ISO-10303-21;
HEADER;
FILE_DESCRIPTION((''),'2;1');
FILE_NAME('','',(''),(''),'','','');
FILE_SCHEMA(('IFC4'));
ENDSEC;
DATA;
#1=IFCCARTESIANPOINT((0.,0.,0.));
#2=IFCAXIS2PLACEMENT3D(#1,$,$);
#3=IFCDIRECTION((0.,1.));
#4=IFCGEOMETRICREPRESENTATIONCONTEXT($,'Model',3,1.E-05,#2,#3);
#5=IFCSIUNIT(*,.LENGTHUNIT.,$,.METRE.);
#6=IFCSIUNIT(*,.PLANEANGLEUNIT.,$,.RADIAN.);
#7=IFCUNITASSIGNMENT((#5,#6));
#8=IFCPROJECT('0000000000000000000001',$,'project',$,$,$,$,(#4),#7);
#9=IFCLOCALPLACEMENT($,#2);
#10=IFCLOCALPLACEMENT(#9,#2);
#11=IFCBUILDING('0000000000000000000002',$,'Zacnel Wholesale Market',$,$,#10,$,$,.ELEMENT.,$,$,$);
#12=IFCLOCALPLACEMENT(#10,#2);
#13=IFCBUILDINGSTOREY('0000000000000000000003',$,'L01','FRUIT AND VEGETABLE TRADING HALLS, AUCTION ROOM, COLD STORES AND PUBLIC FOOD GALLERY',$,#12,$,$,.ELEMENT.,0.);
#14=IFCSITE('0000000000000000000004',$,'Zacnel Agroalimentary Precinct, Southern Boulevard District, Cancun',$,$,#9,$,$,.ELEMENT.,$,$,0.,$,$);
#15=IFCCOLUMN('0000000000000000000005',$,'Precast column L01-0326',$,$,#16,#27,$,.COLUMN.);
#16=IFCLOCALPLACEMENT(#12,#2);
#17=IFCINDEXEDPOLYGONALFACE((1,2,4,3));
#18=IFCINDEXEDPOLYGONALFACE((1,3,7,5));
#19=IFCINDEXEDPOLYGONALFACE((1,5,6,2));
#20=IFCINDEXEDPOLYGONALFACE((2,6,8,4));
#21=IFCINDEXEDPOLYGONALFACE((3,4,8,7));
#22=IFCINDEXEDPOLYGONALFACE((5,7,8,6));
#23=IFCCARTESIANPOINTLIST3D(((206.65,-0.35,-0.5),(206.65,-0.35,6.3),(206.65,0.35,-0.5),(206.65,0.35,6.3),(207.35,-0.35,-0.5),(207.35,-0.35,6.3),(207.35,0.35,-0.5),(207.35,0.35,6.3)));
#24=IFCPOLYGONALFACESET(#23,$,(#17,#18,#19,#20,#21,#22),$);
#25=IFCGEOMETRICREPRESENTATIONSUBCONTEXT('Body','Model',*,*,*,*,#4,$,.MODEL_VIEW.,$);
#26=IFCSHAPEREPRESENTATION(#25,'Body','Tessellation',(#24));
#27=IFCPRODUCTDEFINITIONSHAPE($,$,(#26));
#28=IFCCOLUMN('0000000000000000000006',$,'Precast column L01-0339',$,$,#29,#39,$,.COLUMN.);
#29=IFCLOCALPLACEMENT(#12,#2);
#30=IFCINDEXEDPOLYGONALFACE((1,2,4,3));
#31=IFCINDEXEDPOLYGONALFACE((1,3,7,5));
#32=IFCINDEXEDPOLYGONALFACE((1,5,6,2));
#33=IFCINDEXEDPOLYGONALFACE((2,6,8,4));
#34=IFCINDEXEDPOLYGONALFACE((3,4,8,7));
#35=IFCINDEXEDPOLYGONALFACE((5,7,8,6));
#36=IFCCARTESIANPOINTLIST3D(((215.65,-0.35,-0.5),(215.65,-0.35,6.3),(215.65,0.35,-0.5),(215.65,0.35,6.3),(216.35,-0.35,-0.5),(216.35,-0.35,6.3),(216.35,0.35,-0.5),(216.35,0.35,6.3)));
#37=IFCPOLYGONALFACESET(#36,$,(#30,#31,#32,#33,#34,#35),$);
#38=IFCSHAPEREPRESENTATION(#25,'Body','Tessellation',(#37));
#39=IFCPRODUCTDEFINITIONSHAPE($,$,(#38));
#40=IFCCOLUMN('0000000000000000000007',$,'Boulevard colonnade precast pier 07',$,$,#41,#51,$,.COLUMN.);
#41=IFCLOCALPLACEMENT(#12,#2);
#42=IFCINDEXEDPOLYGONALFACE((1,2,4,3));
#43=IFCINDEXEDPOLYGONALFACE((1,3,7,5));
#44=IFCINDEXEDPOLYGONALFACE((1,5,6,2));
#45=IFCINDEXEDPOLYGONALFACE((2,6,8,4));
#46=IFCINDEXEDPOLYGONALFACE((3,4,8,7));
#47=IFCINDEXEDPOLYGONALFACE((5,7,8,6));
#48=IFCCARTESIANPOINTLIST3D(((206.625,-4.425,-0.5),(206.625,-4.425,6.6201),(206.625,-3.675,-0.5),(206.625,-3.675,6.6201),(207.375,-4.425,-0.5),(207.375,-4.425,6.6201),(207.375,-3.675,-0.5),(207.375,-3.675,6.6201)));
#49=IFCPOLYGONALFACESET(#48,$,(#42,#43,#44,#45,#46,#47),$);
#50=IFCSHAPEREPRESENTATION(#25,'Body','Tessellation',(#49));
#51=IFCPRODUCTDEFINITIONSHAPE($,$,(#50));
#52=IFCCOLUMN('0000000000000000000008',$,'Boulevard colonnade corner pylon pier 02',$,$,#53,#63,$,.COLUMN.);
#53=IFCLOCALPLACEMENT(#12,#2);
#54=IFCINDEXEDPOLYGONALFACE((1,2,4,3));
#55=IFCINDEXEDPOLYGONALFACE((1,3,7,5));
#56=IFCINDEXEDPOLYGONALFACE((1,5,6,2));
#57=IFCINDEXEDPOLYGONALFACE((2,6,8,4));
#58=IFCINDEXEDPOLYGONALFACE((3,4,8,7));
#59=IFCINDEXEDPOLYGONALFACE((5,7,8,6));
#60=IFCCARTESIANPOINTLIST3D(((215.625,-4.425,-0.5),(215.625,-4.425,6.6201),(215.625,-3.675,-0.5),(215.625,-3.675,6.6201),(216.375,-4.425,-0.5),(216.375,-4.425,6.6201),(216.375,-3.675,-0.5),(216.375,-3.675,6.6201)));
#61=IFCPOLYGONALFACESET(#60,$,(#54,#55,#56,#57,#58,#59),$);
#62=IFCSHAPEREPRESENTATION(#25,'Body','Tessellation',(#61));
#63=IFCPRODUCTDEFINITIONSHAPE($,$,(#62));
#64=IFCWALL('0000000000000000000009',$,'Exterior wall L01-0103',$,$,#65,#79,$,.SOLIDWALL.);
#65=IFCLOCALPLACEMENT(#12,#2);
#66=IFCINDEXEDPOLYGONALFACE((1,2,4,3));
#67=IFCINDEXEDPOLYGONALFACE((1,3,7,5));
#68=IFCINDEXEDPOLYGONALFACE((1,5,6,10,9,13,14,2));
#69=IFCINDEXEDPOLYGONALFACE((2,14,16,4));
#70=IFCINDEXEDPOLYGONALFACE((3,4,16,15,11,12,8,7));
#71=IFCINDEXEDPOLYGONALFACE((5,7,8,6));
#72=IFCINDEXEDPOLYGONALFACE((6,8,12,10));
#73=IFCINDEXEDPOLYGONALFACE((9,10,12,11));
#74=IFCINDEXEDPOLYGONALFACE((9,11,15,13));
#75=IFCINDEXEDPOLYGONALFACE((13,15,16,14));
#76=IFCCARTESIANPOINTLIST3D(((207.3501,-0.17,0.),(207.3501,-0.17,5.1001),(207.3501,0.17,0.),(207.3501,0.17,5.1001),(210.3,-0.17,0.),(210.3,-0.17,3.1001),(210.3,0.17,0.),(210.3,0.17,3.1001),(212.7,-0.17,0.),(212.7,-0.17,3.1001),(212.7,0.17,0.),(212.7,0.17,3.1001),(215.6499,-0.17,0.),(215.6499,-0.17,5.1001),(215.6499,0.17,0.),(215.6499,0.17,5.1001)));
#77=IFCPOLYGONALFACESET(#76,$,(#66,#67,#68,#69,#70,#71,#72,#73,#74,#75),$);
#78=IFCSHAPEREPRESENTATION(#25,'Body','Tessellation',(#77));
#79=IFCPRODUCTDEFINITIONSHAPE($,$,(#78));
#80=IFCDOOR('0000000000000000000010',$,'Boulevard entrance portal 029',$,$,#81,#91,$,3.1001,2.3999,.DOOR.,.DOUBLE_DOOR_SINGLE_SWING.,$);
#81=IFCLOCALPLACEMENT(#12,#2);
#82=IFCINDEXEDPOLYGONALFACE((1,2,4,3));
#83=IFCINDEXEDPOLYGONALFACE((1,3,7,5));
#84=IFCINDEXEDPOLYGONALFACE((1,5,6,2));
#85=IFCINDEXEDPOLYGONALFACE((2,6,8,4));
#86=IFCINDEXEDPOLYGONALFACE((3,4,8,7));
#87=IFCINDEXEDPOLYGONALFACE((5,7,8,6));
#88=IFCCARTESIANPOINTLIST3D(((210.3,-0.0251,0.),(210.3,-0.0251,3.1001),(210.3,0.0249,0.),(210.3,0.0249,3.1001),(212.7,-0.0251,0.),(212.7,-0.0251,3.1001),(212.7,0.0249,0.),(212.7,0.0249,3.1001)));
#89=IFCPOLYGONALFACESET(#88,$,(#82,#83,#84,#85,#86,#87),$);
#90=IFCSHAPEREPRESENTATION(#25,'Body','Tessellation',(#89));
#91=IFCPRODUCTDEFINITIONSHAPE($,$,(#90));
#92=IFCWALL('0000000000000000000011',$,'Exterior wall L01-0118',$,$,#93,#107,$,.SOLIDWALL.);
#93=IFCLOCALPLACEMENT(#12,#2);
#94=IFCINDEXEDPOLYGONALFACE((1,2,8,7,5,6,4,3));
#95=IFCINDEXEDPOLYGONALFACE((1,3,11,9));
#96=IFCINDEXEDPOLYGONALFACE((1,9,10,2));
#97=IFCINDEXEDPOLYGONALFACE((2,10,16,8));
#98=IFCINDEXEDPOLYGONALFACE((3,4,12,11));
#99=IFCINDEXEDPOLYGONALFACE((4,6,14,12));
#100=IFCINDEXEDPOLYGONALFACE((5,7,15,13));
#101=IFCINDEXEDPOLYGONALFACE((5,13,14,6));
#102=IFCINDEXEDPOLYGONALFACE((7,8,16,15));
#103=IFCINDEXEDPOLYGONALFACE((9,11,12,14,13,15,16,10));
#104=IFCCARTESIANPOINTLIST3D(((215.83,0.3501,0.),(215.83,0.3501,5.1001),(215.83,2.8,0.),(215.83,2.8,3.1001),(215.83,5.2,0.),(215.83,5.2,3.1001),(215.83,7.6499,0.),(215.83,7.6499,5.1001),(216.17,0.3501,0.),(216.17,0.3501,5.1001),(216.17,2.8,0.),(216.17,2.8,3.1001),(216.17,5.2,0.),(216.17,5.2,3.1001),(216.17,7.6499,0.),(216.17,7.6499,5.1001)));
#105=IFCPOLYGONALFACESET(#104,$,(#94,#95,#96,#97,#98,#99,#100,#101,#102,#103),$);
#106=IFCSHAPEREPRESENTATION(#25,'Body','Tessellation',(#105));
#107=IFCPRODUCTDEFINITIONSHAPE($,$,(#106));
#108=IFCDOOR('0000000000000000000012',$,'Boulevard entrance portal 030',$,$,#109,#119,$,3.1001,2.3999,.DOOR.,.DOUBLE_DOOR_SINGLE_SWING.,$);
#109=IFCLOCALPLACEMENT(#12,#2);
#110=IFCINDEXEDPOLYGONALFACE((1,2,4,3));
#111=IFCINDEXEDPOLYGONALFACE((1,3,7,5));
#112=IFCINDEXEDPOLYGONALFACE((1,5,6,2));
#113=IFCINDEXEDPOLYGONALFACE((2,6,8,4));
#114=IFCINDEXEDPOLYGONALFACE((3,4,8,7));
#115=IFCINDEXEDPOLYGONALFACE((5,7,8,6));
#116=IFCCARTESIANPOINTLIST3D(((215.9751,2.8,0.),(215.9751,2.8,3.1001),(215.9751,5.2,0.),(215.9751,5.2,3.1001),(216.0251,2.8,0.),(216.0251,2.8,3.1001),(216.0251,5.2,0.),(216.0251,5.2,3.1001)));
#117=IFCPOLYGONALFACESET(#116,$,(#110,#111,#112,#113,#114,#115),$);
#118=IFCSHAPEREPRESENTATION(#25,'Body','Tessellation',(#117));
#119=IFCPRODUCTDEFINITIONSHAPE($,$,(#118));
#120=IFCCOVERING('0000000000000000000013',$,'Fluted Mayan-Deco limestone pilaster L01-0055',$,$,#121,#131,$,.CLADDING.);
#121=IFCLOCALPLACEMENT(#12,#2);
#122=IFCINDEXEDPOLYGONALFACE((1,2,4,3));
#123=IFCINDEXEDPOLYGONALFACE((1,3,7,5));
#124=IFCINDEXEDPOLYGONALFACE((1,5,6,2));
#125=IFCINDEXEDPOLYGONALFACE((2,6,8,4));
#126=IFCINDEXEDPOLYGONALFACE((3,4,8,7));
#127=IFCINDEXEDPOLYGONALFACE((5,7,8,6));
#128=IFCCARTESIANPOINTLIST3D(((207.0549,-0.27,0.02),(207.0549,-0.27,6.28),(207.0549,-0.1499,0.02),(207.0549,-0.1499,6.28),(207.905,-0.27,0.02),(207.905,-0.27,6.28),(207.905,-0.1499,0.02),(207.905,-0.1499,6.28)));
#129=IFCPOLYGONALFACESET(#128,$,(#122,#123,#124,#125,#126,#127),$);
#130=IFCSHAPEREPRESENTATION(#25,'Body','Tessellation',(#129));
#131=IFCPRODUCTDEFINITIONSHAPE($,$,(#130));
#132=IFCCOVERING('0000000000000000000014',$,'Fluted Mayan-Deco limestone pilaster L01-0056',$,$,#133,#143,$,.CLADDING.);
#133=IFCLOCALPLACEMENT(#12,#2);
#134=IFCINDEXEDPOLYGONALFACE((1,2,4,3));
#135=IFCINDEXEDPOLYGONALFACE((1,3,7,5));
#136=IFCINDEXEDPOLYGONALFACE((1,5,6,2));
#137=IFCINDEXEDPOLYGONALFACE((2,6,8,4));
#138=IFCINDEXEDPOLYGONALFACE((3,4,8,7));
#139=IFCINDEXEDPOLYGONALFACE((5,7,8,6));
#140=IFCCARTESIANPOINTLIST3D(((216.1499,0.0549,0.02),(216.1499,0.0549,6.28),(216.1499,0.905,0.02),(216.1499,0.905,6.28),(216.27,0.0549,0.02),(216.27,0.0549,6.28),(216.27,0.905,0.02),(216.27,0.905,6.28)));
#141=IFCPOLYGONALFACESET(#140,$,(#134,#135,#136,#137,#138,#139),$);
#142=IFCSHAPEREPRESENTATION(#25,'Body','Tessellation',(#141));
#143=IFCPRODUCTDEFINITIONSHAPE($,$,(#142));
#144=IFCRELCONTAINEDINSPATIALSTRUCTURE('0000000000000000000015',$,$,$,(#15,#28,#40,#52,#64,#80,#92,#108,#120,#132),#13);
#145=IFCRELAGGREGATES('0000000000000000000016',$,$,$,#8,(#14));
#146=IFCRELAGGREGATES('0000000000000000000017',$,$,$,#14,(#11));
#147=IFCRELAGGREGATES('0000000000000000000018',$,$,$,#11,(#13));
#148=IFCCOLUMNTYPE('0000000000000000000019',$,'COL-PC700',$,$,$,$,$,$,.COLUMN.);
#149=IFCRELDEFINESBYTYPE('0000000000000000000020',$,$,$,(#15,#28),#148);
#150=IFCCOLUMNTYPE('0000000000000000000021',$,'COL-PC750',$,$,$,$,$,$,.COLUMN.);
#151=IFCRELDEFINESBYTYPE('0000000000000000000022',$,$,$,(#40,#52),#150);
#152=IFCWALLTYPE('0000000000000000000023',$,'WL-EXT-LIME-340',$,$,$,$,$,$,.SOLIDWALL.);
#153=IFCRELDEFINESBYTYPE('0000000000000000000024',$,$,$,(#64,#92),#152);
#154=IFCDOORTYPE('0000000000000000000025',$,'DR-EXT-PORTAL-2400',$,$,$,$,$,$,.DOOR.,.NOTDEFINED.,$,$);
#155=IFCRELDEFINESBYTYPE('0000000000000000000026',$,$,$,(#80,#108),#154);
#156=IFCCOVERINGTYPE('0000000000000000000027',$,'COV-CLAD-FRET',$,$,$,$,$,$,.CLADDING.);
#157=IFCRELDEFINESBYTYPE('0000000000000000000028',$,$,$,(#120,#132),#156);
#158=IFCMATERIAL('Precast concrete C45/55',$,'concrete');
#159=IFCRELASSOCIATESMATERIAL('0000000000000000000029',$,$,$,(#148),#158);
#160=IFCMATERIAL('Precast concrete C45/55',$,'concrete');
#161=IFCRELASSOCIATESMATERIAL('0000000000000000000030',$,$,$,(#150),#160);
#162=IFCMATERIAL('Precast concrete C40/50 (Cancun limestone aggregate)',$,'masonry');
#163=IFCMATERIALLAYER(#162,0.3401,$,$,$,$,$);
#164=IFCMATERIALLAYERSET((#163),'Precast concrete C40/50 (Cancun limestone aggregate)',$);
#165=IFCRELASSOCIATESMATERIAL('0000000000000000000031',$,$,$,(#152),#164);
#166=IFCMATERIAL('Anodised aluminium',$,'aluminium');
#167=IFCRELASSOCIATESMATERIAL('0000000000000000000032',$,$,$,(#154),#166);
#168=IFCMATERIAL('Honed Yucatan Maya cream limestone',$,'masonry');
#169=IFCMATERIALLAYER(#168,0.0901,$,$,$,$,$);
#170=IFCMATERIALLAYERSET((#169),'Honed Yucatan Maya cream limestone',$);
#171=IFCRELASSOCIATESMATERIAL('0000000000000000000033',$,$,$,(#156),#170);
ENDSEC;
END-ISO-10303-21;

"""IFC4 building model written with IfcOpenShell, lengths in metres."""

from ifc_helpers import new_model, si_unit, direction, frame, frame_2d, origin, origin_2d, place, context, subcontext, project, spatial, rectangle, extrude, material, layer, layer_set, material_profile, profile_set, type_object, element, fill, save


model = new_model("IFC4")

# Units and contexts
model_context = context("Model", 3, precision=1e-05, world=origin(), true_north=direction((0.0, 1.0)))
body_context = subcontext(model_context, "Body", "Model", "MODEL_VIEW")
ifc_project = project(units=[si_unit("LENGTHUNIT", "METRE"), si_unit("PLANEANGLEUNIT", "RADIAN")], contexts=[model_context])

# Site, building, storey
site_placement = place(None, origin())
site = spatial("IfcSite", under=ifc_project, at=site_placement, Name="Zacnel Agroalimentary Precinct, Southern Boulevard District, Cancun", CompositionType="ELEMENT", RefElevation=0.0)
building_placement = place(site_placement, origin())
building = spatial("IfcBuilding", under=site, at=building_placement, Name="Zacnel Wholesale Market", CompositionType="ELEMENT")
storey_placement = place(building_placement, origin())
storey = spatial("IfcBuildingStorey", under=building, at=storey_placement, Name="L01", Description="FRUIT AND VEGETABLE TRADING HALLS, AUCTION ROOM, COLD STORES AND PUBLIC FOOD GALLERY", CompositionType="ELEMENT", Elevation=0.0)

# Columns
ifc_material_1 = material(Name="Precast concrete C45/55", Category="concrete")
ifc_material_profile_1 = material_profile(ifc_material_1, rectangle(XDim=0.7, YDim=0.7, at=origin_2d()), Name="PC 700x700")
ifc_profile_set_1 = profile_set([ifc_material_profile_1], Name="Precast concrete C45/55")
column_type_1 = type_object("IfcColumnType", Name="COL-PC700", PredefinedType="COLUMN", material=ifc_profile_set_1)
for number, where, z_axis, x_axis, name in (
    (1, (207.0, 0.0, -0.5), (0.0, 0.0, 1.0), (1.0, 0.0, 0.0), "Precast column L01-0326"),
    (2, (216.0, 0.0, -0.5), (0.0, 0.0, 1.0), (1.0, 0.0, 0.0), "Precast column L01-0339"),
):
    element("IfcColumn", number, at=place(storey_placement, frame(where, z_axis=z_axis, x_axis=x_axis)), inside=storey, type_object=column_type_1, Name=name, PredefinedType="COLUMN", context=body_context, shape_type="SweptSolid", body=[
        extrude(rectangle(XDim=0.7, YDim=0.7, at=origin_2d()), origin(), (0.0, 0.0, 1.0), 6.8),
    ])
ifc_material_2 = material(Name="Precast concrete C45/55", Category="concrete")
ifc_material_profile_2 = material_profile(ifc_material_2, rectangle(XDim=0.75, YDim=0.75, at=origin_2d()), Name="PC 750x750")
ifc_profile_set_2 = profile_set([ifc_material_profile_2], Name="Precast concrete C45/55")
column_type_2 = type_object("IfcColumnType", Name="COL-PC750", PredefinedType="COLUMN", material=ifc_profile_set_2)
for number, where, z_axis, x_axis, name in (
    (3, (207.0, -4.05, -0.5), (0.0, 0.0, 1.0), (1.0, 0.0, 0.0), "Boulevard colonnade precast pier 07"),
    (4, (216.0, -4.05, -0.5), (0.0, 0.0, 1.0), (1.0, 0.0, 0.0), "Boulevard colonnade corner pylon pier 02"),
):
    element("IfcColumn", number, at=place(storey_placement, frame(where, z_axis=z_axis, x_axis=x_axis)), inside=storey, type_object=column_type_2, Name=name, PredefinedType="COLUMN", context=body_context, shape_type="SweptSolid", body=[
        extrude(rectangle(XDim=0.75, YDim=0.75, at=origin_2d()), origin(), (0.0, 0.0, 1.0), 7.1201),
    ])

# Walls, openings, doors
ifc_material_3 = material(Name="Precast concrete C40/50 (Cancun limestone aggregate)", Category="masonry")
ifc_layer_1 = layer(ifc_material_3, 0.3401)
ifc_layer_set_1 = layer_set([ifc_layer_1], Name="Precast concrete C40/50 (Cancun limestone aggregate)")
wall_type = type_object("IfcWallType", Name="WL-EXT-LIME-340", PredefinedType="SOLIDWALL", material=ifc_layer_set_1)
wall_1_placement = place(storey_placement, frame((207.3501, 0.0, 0.0), z_axis=(0.0, 0.0, 1.0), x_axis=(1.0, 0.0, 0.0)))
wall_1 = element("IfcWall", 5, at=wall_1_placement, inside=storey, type_object=wall_type, Name="Exterior wall L01-0103", PredefinedType="SOLIDWALL", context=body_context, shape_type="SweptSolid", body=[
    extrude(rectangle(XDim=8.2998, YDim=0.3401, at=frame_2d((4.1499, 0.0))), origin(), (0.0, 0.0, 1.0), 5.1001),
])
opening_1_placement = place(wall_1_placement, frame((2.95, 0.0, 0.0)))
opening_1 = element("IfcOpeningElement", 6, at=opening_1_placement, cuts=wall_1, PredefinedType="OPENING", context=body_context, shape_type="SweptSolid", body=[
    extrude(rectangle(XDim=2.3999, YDim=3.1001, at=frame_2d((1.2, 1.55))), frame((0.0, 0.1799, 0.0), z_axis=(0.0, -1.0, 0.0), x_axis=(1.0, 0.0, 0.0)), (0.0, 0.0, 1.0), 0.3601),
])
ifc_material_4 = material(Name="Anodised aluminium", Category="aluminium")
door_type = type_object("IfcDoorType", Name="DR-EXT-PORTAL-2400", OperationType="NOTDEFINED", PredefinedType="DOOR", material=ifc_material_4)
door_1_placement = place(opening_1_placement, origin())
door_1 = element("IfcDoor", 7, at=door_1_placement, inside=storey, type_object=door_type, Name="Boulevard entrance portal 029", OperationType="DOUBLE_DOOR_SINGLE_SWING", OverallHeight=3.1001, OverallWidth=2.3999, PredefinedType="DOOR", context=body_context, shape_type="SweptSolid", body=[
    extrude(rectangle(XDim=2.3999, YDim=3.1001, at=frame_2d((1.2, 1.55))), frame((0.0, 0.0249, 0.0), z_axis=(0.0, -1.0, 0.0), x_axis=(1.0, 0.0, 0.0)), (0.0, 0.0, 1.0), 0.05),
])
fill(opening_1, door_1)
wall_2_placement = place(storey_placement, frame((216.0, 0.3501, 0.0), z_axis=(0.0, 0.0, 1.0), x_axis=(0.0, 1.0, 0.0)))
wall_2 = element("IfcWall", 8, at=wall_2_placement, inside=storey, type_object=wall_type, Name="Exterior wall L01-0118", PredefinedType="SOLIDWALL", context=body_context, shape_type="SweptSolid", body=[
    extrude(rectangle(XDim=7.2998, YDim=0.3401, at=frame_2d((3.6499, 0.0))), origin(), (0.0, 0.0, 1.0), 5.1001),
])
opening_2_placement = place(wall_2_placement, frame((2.45, 0.0, 0.0)))
opening_2 = element("IfcOpeningElement", 9, at=opening_2_placement, cuts=wall_2, PredefinedType="OPENING", context=body_context, shape_type="SweptSolid", body=[
    extrude(rectangle(XDim=2.3999, YDim=3.1001, at=frame_2d((1.2, 1.55))), frame((0.0, 0.1799, 0.0), z_axis=(0.0, -1.0, 0.0), x_axis=(1.0, 0.0, 0.0)), (0.0, 0.0, 1.0), 0.3601),
])
door_2_placement = place(opening_2_placement, origin())
door_2 = element("IfcDoor", 10, at=door_2_placement, inside=storey, type_object=door_type, Name="Boulevard entrance portal 030", OperationType="DOUBLE_DOOR_SINGLE_SWING", OverallHeight=3.1001, OverallWidth=2.3999, PredefinedType="DOOR", context=body_context, shape_type="SweptSolid", body=[
    extrude(rectangle(XDim=2.3999, YDim=3.1001, at=frame_2d((1.2, 1.55))), frame((0.0, 0.0249, 0.0), z_axis=(0.0, -1.0, 0.0), x_axis=(1.0, 0.0, 0.0)), (0.0, 0.0, 1.0), 0.05),
])
fill(opening_2, door_2)

# Coverings
ifc_material_5 = material(Name="Honed Yucatan Maya cream limestone", Category="masonry")
ifc_layer_2 = layer(ifc_material_5, 0.0901)
ifc_layer_set_2 = layer_set([ifc_layer_2], Name="Honed Yucatan Maya cream limestone")
covering_type = type_object("IfcCoveringType", Name="COV-CLAD-FRET", PredefinedType="CLADDING", material=ifc_layer_set_2)
for number, where, z_axis, x_axis, name in (
    (11, (207.48, -0.21, 0.02), (0.0, 0.0, 1.0), (1.0, 0.0, 0.0), "Fluted Mayan-Deco limestone pilaster L01-0055"),
    (12, (216.21, 0.48, 0.02), (0.0, 0.0, 1.0), (0.0, 1.0, 0.0), "Fluted Mayan-Deco limestone pilaster L01-0056"),
):
    element("IfcCovering", number, at=place(storey_placement, frame(where, z_axis=z_axis, x_axis=x_axis)), inside=storey, type_object=covering_type, Name=name, PredefinedType="CLADDING", context=body_context, shape_type="SweptSolid", body=[
        extrude(rectangle(XDim=0.8501, YDim=0.1201, at=origin_2d()), origin(), (0.0, 0.0, 1.0), 6.26),
    ])

save(model, "model.ifc")
